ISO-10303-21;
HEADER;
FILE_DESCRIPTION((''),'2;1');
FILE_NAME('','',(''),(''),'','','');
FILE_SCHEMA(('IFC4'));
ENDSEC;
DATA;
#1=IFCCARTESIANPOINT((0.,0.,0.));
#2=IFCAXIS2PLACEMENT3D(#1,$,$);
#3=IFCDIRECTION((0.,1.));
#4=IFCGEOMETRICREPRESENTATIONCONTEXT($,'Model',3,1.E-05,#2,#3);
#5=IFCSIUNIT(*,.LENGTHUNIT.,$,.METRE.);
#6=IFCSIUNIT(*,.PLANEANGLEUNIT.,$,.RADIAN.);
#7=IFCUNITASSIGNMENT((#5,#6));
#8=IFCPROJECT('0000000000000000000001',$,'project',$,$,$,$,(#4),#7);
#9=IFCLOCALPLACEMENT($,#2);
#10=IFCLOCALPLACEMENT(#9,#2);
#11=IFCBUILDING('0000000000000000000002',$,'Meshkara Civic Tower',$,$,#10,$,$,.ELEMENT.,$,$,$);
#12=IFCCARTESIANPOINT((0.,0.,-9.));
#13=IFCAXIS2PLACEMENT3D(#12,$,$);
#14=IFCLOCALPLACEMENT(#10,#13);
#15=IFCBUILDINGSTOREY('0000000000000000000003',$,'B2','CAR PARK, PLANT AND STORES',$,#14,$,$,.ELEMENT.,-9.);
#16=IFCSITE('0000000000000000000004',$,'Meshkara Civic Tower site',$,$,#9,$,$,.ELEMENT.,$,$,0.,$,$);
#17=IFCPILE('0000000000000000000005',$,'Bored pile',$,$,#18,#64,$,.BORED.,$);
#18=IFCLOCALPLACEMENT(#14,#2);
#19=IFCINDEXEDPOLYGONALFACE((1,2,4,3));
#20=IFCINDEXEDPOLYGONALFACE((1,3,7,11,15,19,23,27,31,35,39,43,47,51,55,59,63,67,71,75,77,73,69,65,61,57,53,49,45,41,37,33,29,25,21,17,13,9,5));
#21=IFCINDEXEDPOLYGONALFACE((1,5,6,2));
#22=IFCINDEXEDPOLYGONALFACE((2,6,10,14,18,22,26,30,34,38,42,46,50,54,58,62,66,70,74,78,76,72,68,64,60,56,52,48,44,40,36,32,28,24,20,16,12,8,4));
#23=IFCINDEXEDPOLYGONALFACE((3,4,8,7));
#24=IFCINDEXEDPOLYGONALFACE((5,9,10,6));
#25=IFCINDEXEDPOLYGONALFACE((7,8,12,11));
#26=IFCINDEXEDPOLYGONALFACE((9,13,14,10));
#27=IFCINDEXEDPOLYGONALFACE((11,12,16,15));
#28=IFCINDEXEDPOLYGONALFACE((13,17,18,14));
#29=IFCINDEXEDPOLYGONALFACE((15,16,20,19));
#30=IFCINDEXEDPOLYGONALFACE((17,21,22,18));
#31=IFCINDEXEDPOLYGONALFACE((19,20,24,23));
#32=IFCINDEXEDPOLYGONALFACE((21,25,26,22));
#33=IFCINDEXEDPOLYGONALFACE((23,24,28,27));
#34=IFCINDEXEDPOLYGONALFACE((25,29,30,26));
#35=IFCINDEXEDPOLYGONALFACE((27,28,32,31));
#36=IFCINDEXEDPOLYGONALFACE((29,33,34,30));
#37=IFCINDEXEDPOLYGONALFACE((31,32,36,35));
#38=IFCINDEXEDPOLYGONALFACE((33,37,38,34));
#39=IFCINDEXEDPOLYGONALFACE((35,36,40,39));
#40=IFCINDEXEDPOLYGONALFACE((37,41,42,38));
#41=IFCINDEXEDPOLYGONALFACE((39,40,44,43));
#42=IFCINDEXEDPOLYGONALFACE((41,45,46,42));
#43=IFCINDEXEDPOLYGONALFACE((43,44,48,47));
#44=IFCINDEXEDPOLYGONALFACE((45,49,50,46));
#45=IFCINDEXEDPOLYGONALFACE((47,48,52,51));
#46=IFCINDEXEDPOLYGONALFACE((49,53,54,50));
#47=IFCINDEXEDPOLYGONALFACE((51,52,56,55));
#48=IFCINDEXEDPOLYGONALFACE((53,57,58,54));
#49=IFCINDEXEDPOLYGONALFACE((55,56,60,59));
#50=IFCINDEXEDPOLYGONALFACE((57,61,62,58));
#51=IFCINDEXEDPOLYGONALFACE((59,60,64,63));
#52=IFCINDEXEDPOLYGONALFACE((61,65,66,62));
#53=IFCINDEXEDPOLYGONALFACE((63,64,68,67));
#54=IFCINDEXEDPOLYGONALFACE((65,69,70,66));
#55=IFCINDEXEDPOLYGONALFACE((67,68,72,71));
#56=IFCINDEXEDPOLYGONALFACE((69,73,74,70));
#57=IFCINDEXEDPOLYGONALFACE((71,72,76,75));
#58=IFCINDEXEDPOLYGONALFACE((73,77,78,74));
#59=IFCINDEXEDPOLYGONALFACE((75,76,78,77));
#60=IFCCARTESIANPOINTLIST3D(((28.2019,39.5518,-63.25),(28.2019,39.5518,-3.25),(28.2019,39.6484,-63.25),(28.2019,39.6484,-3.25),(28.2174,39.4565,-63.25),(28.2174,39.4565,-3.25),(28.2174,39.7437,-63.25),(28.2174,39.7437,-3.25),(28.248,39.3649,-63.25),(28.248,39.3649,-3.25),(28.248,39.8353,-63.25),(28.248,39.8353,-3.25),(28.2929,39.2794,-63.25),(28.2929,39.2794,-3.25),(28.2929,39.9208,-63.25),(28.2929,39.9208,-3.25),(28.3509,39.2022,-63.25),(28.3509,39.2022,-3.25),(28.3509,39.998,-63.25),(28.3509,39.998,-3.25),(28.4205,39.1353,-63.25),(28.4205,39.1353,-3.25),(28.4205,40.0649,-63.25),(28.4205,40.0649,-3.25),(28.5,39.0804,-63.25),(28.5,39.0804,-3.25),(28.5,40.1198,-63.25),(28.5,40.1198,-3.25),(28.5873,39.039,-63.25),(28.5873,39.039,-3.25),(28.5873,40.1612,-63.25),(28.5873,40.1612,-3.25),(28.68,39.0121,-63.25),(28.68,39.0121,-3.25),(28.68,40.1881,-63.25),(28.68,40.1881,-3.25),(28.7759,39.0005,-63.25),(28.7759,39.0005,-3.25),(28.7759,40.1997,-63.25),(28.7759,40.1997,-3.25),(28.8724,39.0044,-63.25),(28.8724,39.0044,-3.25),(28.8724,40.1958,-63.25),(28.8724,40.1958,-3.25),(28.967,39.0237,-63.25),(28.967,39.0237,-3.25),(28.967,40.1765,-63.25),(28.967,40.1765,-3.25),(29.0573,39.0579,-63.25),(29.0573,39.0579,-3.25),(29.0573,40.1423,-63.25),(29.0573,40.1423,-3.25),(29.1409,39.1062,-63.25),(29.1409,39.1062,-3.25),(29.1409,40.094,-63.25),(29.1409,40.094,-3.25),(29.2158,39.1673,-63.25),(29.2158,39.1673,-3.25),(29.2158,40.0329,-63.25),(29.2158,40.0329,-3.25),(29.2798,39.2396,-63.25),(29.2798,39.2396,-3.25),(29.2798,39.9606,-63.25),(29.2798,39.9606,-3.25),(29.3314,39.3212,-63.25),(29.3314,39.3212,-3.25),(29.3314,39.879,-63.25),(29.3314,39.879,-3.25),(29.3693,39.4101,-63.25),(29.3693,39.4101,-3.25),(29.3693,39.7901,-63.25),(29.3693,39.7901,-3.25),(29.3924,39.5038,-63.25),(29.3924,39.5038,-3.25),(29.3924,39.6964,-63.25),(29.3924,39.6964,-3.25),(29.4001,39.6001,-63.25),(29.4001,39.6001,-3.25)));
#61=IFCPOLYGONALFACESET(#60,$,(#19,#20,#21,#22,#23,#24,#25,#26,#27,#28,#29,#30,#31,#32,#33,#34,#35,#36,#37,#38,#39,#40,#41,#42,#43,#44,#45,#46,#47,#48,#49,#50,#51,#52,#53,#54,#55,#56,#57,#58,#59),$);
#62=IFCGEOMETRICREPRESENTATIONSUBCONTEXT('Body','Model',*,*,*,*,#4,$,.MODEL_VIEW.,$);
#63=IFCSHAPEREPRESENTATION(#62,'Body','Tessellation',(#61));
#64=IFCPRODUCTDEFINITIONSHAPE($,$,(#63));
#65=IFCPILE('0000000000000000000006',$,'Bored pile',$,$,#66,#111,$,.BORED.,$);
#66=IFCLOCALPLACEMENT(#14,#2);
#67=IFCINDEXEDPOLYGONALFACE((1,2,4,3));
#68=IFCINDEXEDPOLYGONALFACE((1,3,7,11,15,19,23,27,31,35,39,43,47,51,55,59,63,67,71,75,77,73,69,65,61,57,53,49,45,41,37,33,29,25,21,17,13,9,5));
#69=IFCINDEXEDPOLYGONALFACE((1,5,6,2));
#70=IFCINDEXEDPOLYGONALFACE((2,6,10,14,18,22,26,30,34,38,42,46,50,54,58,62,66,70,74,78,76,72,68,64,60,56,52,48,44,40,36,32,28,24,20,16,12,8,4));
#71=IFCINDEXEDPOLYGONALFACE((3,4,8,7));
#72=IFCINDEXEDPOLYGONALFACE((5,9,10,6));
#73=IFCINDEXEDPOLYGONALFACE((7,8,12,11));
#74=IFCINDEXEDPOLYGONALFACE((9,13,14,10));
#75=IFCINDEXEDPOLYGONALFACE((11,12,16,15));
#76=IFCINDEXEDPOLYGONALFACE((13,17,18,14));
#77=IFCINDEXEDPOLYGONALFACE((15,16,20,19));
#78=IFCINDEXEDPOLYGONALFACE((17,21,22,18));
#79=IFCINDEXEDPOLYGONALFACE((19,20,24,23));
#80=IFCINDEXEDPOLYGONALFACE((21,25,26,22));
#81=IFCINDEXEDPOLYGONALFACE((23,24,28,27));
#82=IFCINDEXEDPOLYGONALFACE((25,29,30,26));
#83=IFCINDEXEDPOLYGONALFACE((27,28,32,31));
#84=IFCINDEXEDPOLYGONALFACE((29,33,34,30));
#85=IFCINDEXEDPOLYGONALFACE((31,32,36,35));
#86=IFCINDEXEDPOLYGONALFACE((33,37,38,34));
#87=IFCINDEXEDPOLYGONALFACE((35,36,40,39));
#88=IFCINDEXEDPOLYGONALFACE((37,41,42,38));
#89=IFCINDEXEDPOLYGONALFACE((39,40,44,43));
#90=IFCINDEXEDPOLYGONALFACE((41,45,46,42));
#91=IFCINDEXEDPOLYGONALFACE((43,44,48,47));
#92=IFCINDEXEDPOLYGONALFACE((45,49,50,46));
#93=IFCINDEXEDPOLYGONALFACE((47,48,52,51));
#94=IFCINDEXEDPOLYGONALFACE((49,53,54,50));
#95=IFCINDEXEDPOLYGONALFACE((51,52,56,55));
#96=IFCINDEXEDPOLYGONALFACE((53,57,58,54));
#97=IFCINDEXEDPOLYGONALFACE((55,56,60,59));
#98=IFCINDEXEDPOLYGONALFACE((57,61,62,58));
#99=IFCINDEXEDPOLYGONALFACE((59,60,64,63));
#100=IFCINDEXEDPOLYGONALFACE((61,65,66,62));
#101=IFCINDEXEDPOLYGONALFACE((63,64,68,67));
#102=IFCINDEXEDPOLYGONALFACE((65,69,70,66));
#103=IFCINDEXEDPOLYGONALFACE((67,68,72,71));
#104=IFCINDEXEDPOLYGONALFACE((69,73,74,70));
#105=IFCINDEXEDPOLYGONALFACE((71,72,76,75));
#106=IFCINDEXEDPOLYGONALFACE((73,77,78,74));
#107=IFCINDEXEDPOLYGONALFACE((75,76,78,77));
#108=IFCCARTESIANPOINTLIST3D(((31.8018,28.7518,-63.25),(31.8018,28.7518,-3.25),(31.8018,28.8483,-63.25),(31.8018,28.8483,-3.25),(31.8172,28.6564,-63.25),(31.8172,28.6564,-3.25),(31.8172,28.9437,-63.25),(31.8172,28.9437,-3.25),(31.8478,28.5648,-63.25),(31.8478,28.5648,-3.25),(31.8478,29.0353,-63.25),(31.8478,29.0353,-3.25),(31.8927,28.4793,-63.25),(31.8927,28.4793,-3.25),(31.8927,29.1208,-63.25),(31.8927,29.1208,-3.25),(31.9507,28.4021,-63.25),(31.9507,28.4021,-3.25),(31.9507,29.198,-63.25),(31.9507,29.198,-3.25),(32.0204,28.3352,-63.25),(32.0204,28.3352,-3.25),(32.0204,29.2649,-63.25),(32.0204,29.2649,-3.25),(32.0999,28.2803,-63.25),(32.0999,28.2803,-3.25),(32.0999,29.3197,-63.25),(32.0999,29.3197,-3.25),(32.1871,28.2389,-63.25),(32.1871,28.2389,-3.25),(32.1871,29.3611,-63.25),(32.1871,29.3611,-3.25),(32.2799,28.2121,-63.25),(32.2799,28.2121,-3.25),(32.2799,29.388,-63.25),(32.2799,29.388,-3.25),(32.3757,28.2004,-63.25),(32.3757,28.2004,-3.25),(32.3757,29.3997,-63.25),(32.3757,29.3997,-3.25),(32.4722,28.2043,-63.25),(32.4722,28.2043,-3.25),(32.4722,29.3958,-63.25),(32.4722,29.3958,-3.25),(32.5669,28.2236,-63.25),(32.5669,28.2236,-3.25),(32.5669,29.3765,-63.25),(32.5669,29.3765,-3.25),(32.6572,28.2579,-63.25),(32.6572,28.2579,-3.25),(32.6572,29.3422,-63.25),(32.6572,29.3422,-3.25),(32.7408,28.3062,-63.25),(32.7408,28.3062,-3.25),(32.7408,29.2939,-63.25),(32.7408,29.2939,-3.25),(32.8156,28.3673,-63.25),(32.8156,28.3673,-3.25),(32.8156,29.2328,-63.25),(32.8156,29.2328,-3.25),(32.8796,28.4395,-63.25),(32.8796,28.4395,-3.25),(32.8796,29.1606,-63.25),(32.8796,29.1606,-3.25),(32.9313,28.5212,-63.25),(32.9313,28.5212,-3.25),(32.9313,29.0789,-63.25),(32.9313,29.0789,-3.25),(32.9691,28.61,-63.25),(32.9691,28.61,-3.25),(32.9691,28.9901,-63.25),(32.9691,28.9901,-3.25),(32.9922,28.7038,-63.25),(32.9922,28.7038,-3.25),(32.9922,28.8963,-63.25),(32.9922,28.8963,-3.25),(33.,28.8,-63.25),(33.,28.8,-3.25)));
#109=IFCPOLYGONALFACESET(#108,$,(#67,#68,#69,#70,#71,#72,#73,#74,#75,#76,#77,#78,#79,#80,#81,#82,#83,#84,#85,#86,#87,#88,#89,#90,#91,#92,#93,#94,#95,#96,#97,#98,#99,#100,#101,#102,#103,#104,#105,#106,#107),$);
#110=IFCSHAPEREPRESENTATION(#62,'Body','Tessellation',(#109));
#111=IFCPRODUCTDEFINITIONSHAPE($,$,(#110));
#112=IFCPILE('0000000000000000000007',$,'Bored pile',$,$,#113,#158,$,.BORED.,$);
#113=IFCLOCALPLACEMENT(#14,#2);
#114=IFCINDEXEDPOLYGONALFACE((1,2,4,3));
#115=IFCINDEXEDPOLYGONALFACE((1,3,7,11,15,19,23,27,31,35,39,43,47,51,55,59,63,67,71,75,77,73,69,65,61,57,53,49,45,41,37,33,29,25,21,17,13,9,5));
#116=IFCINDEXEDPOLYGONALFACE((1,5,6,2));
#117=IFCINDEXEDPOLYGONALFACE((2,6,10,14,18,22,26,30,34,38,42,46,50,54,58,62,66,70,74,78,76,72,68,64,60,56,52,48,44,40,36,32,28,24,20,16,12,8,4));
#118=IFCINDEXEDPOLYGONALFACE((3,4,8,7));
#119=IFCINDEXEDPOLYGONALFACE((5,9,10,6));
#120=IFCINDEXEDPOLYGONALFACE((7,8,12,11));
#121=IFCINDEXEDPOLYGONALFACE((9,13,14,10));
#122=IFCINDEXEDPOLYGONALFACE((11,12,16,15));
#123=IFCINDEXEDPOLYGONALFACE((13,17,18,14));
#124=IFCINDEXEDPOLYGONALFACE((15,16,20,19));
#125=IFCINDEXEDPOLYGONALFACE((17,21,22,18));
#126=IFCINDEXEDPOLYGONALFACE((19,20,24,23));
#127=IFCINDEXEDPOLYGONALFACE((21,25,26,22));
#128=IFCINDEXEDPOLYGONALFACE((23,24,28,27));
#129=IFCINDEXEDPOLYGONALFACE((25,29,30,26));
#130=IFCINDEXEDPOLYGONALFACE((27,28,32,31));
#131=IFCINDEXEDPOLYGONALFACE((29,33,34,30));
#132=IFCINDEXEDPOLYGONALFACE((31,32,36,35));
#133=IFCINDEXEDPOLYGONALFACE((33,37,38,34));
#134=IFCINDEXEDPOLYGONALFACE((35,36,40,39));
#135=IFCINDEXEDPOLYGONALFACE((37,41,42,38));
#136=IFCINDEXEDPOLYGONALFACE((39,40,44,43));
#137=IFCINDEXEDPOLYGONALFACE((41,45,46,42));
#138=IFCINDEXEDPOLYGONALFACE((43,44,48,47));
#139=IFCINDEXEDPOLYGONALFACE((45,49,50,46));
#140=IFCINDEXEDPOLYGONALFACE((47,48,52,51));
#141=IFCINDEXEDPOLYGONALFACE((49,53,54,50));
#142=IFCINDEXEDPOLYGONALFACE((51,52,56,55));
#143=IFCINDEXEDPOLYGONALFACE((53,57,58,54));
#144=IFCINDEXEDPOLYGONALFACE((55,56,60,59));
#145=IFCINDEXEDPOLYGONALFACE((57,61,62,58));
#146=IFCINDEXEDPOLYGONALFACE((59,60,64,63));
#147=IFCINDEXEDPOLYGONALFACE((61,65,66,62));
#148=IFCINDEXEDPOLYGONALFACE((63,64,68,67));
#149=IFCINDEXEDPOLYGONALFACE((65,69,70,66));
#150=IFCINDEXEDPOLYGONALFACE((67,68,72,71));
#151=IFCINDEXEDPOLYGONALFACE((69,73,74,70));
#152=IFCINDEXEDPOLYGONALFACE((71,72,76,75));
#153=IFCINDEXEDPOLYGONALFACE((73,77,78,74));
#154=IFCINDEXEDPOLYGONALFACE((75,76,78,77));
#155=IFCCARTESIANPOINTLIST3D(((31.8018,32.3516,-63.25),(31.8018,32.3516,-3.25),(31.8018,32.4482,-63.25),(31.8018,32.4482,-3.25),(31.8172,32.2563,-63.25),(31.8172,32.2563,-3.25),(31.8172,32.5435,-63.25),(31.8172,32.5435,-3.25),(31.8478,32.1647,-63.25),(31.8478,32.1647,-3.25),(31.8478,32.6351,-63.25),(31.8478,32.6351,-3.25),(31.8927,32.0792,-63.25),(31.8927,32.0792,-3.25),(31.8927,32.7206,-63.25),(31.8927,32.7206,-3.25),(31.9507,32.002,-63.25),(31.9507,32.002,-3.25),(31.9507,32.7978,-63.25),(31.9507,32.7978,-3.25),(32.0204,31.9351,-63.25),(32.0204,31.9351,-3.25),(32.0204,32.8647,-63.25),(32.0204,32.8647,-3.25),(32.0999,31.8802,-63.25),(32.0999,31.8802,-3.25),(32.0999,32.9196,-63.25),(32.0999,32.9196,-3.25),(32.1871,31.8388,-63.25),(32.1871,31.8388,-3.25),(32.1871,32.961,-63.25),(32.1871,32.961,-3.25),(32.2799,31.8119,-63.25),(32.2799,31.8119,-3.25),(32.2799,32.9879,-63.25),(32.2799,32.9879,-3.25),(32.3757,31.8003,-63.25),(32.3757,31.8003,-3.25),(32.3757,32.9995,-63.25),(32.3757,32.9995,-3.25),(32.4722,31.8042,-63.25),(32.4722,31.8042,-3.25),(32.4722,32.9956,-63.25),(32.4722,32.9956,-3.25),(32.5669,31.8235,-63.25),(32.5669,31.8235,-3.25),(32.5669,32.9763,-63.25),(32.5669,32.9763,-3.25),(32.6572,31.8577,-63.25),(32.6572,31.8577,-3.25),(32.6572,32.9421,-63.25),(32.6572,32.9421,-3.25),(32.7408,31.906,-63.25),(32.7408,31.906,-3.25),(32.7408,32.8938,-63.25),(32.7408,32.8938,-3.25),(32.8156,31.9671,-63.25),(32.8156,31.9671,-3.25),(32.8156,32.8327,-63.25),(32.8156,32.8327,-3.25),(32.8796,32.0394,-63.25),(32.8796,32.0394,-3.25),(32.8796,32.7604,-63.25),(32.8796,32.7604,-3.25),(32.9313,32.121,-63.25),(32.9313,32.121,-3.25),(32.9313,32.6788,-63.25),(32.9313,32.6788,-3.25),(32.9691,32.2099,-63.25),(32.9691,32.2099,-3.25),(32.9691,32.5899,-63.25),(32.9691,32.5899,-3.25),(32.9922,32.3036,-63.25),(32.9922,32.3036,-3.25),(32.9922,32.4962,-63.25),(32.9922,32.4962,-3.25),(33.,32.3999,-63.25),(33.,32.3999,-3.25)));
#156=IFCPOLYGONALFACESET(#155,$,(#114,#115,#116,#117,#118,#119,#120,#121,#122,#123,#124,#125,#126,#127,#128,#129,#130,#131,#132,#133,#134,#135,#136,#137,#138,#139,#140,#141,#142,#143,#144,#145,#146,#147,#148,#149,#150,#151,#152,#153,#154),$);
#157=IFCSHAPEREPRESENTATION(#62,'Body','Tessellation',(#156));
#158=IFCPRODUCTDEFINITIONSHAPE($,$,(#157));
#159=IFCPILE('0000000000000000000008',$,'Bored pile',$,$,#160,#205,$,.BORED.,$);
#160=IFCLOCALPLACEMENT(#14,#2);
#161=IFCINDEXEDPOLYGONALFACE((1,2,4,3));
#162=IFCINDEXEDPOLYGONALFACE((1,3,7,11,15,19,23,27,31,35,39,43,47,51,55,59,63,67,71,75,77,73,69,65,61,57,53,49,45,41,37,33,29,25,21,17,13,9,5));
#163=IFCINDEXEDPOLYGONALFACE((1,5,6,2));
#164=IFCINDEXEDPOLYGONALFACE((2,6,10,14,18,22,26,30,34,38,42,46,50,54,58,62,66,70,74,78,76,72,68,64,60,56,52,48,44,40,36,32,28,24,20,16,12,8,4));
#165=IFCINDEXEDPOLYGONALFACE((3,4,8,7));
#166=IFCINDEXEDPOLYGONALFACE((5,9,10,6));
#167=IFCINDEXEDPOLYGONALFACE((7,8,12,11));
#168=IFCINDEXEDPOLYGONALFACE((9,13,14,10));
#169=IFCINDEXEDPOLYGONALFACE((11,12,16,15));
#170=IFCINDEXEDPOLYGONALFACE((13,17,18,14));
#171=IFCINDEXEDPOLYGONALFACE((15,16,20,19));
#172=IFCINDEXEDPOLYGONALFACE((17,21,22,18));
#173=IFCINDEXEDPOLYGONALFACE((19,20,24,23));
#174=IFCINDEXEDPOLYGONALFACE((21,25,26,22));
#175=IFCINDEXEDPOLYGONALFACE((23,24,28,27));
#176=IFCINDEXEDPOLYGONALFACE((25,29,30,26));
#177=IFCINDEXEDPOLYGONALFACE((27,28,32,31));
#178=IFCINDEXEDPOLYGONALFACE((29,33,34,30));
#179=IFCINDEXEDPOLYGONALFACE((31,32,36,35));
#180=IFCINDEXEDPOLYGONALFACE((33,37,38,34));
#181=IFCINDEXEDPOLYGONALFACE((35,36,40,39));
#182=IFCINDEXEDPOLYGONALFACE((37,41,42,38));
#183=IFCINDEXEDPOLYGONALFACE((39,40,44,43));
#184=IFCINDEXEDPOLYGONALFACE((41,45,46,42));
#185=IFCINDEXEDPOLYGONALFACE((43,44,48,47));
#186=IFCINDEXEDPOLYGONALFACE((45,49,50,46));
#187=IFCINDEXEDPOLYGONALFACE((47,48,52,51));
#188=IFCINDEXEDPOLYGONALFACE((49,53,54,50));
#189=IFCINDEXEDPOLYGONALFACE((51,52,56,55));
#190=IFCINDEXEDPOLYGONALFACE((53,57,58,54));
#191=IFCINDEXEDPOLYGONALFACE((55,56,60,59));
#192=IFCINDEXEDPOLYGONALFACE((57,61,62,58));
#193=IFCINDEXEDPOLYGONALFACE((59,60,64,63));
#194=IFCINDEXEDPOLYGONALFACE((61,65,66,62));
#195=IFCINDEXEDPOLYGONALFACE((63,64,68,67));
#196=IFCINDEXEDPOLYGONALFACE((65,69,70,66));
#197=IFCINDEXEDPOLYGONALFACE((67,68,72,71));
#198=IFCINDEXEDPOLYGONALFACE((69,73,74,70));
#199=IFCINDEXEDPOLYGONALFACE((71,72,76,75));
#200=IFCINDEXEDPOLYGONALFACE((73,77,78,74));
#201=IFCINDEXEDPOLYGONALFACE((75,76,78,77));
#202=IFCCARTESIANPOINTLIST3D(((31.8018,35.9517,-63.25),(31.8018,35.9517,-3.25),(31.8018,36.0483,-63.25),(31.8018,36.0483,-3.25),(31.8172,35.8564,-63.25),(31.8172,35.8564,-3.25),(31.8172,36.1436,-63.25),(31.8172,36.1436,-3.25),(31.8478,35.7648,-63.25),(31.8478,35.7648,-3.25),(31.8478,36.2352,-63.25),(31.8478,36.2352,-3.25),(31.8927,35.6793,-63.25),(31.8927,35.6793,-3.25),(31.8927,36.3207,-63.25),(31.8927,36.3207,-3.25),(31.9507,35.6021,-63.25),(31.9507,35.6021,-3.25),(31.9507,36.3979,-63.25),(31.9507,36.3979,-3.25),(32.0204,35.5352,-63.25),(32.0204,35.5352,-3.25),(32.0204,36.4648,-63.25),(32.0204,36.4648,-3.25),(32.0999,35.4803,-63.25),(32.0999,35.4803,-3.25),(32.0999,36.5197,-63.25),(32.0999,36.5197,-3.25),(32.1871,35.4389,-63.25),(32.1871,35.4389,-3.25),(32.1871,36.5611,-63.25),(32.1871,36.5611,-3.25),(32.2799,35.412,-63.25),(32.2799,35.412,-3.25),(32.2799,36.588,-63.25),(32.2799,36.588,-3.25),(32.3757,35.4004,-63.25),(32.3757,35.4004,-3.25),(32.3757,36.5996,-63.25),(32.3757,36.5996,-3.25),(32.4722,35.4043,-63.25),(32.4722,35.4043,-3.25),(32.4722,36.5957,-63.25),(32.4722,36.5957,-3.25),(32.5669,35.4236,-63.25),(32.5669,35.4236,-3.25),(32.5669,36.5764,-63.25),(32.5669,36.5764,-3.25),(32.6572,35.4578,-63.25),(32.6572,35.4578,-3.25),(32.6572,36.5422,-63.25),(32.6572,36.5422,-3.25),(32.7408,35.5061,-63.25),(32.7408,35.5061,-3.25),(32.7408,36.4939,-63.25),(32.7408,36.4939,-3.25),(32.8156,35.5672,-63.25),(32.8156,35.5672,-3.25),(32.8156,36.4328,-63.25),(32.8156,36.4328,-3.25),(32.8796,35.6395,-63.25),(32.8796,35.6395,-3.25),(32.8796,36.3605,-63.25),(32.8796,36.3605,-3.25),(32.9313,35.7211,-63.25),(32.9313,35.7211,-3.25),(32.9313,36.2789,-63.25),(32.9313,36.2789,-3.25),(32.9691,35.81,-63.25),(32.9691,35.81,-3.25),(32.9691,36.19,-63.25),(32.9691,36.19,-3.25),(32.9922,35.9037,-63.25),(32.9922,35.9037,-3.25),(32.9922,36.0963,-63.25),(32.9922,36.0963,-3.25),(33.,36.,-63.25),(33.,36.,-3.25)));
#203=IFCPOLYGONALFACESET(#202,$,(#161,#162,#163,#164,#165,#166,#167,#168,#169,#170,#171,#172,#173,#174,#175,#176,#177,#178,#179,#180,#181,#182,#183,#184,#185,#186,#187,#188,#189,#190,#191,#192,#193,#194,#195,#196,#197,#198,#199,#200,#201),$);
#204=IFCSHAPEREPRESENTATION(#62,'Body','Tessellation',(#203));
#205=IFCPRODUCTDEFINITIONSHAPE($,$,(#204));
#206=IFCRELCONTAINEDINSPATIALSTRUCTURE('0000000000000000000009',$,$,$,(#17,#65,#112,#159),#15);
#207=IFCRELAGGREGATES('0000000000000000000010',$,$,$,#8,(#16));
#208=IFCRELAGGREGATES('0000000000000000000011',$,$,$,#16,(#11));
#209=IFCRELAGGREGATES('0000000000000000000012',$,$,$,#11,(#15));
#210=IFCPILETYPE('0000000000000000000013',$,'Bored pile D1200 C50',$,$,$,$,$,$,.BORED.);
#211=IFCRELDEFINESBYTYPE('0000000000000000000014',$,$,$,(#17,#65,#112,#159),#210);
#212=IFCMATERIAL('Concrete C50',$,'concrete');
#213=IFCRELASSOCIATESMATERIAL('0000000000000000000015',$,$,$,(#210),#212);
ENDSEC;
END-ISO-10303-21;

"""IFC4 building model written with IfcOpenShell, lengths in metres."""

from ifc_helpers import new_model, si_unit, direction, frame, origin, origin_2d, place, context, subcontext, project, spatial, circle, extrude, material, material_profile, profile_set, type_object, element, save


model = new_model("IFC4")

# Units and contexts
model_context = context("Model", 3, precision=1e-05, world=origin(), true_north=direction((0.0, 1.0)))
body_context = subcontext(model_context, "Body", "Model", "MODEL_VIEW")
ifc_project = project(units=[si_unit("LENGTHUNIT", "METRE"), si_unit("PLANEANGLEUNIT", "RADIAN")], contexts=[model_context])

# Site, building, storey
site_placement = place(None, origin())
site = spatial("IfcSite", under=ifc_project, at=site_placement, Name="Meshkara Civic Tower site", CompositionType="ELEMENT", RefElevation=0.0)
building_placement = place(site_placement, origin())
building = spatial("IfcBuilding", under=site, at=building_placement, Name="Meshkara Civic Tower", CompositionType="ELEMENT")
storey_placement = place(building_placement, frame((0.0, 0.0, -9.0)))
storey = spatial("IfcBuildingStorey", under=building, at=storey_placement, Name="B2", Description="CAR PARK, PLANT AND STORES", CompositionType="ELEMENT", Elevation=-9.0)

# Piles
ifc_material_1 = material(Name="Concrete C50", Category="concrete")
ifc_material_profile_1 = material_profile(ifc_material_1, circle(Radius=0.6001, at=origin_2d()))
ifc_profile_set_1 = profile_set([ifc_material_profile_1], Name="Concrete C50")
pile_type = type_object("IfcPileType", Name="Bored pile D1200 C50", PredefinedType="BORED", material=ifc_profile_set_1)
for number, where, z_axis, x_axis, name in (
    (1, (28.8, 39.6001, -3.25), (0.0, 0.0, -1.0), (1.0, 0.0, 0.0), "Bored pile"),
    (2, (32.3999, 28.8, -3.25), (0.0, 0.0, -1.0), (1.0, 0.0, 0.0), "Bored pile"),
    (3, (32.3999, 32.3999, -3.25), (0.0, 0.0, -1.0), (1.0, 0.0, 0.0), "Bored pile"),
    (4, (32.3999, 36.0, -3.25), (0.0, 0.0, -1.0), (1.0, 0.0, 0.0), "Bored pile"),
):
    element("IfcPile", number, at=place(storey_placement, frame(where, z_axis=z_axis, x_axis=x_axis)), inside=storey, type_object=pile_type, Name=name, PredefinedType="BORED", context=body_context, shape_type="SweptSolid", body=[
        extrude(circle(Radius=0.6001, at=origin_2d()), origin(), (0.0, 0.0, 1.0), 60.0),
    ])

save(model, "model.ifc")
